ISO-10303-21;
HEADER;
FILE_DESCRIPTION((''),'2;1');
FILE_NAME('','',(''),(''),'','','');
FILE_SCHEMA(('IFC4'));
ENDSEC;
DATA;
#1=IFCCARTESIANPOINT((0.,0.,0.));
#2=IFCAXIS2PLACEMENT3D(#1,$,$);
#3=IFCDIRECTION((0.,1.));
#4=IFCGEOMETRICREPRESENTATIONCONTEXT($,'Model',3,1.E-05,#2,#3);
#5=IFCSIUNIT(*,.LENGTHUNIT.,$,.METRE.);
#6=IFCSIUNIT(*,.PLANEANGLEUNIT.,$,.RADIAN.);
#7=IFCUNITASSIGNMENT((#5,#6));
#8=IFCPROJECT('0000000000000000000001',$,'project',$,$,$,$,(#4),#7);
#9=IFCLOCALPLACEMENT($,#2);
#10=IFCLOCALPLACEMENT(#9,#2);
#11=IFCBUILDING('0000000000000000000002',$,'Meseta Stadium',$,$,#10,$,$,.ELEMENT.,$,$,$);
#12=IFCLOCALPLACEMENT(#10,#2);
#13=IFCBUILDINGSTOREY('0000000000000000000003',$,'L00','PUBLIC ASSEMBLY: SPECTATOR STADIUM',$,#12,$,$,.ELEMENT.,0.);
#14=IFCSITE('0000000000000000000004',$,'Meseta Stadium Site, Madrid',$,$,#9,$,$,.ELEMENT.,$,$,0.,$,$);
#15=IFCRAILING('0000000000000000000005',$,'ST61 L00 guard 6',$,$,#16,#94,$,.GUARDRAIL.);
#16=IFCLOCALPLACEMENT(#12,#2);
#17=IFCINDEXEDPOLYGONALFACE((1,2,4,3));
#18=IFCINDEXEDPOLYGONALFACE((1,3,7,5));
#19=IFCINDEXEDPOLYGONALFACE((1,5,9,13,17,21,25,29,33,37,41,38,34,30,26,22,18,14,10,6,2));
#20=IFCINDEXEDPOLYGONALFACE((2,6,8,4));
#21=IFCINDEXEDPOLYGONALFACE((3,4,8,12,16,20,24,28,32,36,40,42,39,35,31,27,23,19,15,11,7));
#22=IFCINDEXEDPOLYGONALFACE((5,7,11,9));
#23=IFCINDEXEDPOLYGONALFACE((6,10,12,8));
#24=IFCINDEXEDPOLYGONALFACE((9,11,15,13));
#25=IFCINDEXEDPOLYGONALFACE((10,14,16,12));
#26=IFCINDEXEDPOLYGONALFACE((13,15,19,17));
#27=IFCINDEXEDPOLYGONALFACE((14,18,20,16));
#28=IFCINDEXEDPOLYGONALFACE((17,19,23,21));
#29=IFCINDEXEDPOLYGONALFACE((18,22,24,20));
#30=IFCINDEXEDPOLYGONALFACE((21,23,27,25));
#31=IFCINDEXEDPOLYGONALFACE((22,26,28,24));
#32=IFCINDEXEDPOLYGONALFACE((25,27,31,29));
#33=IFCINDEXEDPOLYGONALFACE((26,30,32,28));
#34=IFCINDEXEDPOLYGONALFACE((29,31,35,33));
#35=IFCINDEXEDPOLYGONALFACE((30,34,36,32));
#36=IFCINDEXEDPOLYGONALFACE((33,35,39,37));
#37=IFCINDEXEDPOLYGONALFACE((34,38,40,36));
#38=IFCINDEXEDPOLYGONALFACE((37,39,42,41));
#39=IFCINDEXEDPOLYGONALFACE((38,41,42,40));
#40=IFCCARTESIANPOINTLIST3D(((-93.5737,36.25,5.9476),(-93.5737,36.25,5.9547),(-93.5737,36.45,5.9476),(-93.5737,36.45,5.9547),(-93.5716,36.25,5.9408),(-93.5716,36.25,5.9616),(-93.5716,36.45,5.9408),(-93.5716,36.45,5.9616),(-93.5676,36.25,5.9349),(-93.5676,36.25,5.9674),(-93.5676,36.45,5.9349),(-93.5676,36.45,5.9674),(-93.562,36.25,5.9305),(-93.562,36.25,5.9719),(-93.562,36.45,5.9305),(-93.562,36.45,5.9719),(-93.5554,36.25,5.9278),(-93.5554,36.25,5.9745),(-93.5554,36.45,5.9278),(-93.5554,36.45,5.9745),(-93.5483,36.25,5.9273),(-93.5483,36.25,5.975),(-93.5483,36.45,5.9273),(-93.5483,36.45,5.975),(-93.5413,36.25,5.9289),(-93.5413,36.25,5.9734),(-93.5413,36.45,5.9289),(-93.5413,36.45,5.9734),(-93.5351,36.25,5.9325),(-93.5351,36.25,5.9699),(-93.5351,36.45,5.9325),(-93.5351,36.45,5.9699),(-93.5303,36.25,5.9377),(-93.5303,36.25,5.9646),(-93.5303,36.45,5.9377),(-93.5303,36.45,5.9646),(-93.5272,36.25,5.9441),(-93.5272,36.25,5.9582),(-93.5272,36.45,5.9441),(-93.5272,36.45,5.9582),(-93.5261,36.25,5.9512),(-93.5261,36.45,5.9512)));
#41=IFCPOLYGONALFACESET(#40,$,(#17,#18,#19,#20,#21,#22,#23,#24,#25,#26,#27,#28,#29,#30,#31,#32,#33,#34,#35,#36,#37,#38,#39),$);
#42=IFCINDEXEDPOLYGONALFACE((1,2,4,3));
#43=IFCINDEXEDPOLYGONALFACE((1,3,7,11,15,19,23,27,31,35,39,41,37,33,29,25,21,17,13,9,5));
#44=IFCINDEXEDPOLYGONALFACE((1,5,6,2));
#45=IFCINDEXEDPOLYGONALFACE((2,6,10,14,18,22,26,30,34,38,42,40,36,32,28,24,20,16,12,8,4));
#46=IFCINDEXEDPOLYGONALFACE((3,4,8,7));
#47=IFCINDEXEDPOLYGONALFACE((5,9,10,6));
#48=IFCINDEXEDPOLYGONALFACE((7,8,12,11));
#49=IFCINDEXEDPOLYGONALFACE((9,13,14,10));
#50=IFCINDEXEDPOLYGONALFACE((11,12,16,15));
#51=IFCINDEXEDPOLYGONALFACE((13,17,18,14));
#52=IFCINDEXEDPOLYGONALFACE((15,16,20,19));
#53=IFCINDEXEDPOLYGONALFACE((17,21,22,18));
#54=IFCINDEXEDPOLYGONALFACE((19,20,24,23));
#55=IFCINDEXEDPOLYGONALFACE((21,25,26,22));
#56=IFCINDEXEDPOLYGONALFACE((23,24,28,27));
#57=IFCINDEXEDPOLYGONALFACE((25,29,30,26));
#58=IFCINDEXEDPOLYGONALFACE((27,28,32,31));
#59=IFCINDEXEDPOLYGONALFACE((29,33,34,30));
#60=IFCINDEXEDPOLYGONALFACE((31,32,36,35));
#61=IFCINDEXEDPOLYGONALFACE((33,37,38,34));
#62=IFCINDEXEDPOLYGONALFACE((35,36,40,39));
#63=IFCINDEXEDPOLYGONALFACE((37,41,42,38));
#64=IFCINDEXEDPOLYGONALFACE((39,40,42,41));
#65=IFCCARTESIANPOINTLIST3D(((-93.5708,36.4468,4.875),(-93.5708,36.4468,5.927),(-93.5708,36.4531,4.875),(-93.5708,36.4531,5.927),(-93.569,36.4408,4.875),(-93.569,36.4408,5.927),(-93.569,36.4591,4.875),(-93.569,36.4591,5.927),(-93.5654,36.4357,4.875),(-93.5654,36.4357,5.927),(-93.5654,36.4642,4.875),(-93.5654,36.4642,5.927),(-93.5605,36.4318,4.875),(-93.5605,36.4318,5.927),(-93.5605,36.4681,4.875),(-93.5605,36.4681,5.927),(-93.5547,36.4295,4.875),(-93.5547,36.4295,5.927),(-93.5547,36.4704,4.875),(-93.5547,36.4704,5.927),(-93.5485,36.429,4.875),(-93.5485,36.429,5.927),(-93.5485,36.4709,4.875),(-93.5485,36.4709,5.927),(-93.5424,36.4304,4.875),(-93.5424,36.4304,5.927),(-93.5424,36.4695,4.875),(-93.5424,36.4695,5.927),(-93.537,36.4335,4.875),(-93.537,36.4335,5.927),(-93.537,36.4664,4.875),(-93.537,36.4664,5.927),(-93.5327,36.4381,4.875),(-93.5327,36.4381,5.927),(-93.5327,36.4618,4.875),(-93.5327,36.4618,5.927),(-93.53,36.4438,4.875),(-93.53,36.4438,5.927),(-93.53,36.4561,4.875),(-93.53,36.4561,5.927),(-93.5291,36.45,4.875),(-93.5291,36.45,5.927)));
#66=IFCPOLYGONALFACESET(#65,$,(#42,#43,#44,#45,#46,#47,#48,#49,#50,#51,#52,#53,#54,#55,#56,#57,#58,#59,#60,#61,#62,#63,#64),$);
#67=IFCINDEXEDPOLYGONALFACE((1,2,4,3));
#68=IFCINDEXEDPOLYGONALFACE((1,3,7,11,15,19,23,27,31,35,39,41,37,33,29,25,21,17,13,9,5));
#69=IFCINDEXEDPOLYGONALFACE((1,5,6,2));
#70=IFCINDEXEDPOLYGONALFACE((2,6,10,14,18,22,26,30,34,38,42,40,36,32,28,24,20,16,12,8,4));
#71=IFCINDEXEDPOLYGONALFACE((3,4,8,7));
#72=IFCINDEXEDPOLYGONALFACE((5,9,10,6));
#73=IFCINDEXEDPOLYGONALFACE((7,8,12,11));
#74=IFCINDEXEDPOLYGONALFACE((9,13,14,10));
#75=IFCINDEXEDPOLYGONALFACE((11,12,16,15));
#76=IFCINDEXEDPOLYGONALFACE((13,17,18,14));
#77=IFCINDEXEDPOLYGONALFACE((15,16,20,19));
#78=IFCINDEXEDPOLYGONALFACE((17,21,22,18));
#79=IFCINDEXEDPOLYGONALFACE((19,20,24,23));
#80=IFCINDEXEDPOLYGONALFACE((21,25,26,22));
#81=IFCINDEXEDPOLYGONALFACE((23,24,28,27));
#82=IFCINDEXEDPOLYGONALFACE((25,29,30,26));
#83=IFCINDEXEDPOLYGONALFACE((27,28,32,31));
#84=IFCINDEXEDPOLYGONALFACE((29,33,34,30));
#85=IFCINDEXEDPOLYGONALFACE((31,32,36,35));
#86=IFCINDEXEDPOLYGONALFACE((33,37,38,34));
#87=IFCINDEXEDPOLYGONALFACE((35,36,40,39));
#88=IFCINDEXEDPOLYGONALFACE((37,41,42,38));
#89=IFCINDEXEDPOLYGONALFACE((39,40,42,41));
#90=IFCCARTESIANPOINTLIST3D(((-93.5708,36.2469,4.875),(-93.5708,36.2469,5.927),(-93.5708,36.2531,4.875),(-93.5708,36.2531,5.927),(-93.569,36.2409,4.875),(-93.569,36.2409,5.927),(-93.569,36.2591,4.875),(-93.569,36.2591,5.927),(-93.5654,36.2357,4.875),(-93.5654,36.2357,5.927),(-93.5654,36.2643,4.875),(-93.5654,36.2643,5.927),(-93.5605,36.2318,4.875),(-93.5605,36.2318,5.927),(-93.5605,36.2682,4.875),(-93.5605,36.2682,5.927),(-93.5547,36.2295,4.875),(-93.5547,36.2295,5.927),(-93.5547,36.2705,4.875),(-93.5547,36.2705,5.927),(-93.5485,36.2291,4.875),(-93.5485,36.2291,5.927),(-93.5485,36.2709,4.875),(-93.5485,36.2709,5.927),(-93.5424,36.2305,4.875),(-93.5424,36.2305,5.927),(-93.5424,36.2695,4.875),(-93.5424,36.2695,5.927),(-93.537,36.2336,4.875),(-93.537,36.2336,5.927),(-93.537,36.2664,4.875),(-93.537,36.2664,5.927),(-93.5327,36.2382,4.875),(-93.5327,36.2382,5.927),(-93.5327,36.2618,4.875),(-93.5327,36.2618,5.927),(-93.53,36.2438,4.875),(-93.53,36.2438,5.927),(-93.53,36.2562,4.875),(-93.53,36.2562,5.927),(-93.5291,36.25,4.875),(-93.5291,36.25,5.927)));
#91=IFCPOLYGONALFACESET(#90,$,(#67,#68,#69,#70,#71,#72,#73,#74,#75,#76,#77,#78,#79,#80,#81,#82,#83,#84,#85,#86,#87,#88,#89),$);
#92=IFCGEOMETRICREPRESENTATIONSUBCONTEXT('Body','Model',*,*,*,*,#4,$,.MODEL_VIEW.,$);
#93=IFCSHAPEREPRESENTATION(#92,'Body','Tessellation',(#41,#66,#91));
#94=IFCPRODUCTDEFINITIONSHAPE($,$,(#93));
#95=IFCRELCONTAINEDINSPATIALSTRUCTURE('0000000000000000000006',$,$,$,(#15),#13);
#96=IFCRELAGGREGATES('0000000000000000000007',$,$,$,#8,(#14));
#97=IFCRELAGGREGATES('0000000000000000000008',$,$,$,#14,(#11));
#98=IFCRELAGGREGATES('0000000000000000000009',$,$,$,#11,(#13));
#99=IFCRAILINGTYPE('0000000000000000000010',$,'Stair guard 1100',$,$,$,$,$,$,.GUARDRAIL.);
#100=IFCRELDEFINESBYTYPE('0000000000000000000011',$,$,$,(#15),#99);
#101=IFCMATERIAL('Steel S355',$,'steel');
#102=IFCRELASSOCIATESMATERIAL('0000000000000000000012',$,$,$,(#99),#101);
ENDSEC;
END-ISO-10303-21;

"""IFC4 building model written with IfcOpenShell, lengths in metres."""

from ifc_helpers import new_model, si_unit, direction, frame, origin, origin_2d, place, context, subcontext, project, spatial, circle, extrude, material, type_object, element, save


model = new_model("IFC4")

# Units and contexts
model_context = context("Model", 3, precision=1e-05, world=origin(), true_north=direction((0.0, 1.0)))
body_context = subcontext(model_context, "Body", "Model", "MODEL_VIEW")
ifc_project = project(units=[si_unit("LENGTHUNIT", "METRE"), si_unit("PLANEANGLEUNIT", "RADIAN")], contexts=[model_context])

# Site, building, storey
site_placement = place(None, origin())
site = spatial("IfcSite", under=ifc_project, at=site_placement, Name="Meseta Stadium Site, Madrid", CompositionType="ELEMENT", RefElevation=0.0)
building_placement = place(site_placement, origin())
building = spatial("IfcBuilding", under=site, at=building_placement, Name="Meseta Stadium", CompositionType="ELEMENT")
storey_placement = place(building_placement, origin())
storey = spatial("IfcBuildingStorey", under=building, at=storey_placement, Name="L00", Description="PUBLIC ASSEMBLY: SPECTATOR STADIUM", CompositionType="ELEMENT", Elevation=0.0)

# Railing
ifc_material_1 = material(Name="Steel S355", Category="steel")
railing_type_1 = type_object("IfcRailingType", Name="Stair guard 1100", PredefinedType="GUARDRAIL", material=ifc_material_1)
railing_1_placement = place(storey_placement, frame((-93.55, 36.45, 4.875)))
element("IfcRailing", 1, at=railing_1_placement, inside=storey, type_object=railing_type_1, Name="ST61 L00 guard 6", PredefinedType="GUARDRAIL", context=body_context, shape_type="SweptSolid", body=[
    extrude(circle(Radius=0.0239, at=origin_2d()), frame((0.0, 0.0, 1.0762), z_axis=(0.0, -1.0, 0.0), x_axis=(1.0, 0.0, 0.0)), (0.0, 0.0, 1.0), 0.2),
    extrude(circle(Radius=0.021, at=origin_2d()), origin(), (0.0, 0.0, 1.0), 1.052),
    extrude(circle(Radius=0.021, at=origin_2d()), frame((0.0, -0.2, 0.0)), (0.0, 0.0, 1.0), 1.052),
])

save(model, "model.ifc")
